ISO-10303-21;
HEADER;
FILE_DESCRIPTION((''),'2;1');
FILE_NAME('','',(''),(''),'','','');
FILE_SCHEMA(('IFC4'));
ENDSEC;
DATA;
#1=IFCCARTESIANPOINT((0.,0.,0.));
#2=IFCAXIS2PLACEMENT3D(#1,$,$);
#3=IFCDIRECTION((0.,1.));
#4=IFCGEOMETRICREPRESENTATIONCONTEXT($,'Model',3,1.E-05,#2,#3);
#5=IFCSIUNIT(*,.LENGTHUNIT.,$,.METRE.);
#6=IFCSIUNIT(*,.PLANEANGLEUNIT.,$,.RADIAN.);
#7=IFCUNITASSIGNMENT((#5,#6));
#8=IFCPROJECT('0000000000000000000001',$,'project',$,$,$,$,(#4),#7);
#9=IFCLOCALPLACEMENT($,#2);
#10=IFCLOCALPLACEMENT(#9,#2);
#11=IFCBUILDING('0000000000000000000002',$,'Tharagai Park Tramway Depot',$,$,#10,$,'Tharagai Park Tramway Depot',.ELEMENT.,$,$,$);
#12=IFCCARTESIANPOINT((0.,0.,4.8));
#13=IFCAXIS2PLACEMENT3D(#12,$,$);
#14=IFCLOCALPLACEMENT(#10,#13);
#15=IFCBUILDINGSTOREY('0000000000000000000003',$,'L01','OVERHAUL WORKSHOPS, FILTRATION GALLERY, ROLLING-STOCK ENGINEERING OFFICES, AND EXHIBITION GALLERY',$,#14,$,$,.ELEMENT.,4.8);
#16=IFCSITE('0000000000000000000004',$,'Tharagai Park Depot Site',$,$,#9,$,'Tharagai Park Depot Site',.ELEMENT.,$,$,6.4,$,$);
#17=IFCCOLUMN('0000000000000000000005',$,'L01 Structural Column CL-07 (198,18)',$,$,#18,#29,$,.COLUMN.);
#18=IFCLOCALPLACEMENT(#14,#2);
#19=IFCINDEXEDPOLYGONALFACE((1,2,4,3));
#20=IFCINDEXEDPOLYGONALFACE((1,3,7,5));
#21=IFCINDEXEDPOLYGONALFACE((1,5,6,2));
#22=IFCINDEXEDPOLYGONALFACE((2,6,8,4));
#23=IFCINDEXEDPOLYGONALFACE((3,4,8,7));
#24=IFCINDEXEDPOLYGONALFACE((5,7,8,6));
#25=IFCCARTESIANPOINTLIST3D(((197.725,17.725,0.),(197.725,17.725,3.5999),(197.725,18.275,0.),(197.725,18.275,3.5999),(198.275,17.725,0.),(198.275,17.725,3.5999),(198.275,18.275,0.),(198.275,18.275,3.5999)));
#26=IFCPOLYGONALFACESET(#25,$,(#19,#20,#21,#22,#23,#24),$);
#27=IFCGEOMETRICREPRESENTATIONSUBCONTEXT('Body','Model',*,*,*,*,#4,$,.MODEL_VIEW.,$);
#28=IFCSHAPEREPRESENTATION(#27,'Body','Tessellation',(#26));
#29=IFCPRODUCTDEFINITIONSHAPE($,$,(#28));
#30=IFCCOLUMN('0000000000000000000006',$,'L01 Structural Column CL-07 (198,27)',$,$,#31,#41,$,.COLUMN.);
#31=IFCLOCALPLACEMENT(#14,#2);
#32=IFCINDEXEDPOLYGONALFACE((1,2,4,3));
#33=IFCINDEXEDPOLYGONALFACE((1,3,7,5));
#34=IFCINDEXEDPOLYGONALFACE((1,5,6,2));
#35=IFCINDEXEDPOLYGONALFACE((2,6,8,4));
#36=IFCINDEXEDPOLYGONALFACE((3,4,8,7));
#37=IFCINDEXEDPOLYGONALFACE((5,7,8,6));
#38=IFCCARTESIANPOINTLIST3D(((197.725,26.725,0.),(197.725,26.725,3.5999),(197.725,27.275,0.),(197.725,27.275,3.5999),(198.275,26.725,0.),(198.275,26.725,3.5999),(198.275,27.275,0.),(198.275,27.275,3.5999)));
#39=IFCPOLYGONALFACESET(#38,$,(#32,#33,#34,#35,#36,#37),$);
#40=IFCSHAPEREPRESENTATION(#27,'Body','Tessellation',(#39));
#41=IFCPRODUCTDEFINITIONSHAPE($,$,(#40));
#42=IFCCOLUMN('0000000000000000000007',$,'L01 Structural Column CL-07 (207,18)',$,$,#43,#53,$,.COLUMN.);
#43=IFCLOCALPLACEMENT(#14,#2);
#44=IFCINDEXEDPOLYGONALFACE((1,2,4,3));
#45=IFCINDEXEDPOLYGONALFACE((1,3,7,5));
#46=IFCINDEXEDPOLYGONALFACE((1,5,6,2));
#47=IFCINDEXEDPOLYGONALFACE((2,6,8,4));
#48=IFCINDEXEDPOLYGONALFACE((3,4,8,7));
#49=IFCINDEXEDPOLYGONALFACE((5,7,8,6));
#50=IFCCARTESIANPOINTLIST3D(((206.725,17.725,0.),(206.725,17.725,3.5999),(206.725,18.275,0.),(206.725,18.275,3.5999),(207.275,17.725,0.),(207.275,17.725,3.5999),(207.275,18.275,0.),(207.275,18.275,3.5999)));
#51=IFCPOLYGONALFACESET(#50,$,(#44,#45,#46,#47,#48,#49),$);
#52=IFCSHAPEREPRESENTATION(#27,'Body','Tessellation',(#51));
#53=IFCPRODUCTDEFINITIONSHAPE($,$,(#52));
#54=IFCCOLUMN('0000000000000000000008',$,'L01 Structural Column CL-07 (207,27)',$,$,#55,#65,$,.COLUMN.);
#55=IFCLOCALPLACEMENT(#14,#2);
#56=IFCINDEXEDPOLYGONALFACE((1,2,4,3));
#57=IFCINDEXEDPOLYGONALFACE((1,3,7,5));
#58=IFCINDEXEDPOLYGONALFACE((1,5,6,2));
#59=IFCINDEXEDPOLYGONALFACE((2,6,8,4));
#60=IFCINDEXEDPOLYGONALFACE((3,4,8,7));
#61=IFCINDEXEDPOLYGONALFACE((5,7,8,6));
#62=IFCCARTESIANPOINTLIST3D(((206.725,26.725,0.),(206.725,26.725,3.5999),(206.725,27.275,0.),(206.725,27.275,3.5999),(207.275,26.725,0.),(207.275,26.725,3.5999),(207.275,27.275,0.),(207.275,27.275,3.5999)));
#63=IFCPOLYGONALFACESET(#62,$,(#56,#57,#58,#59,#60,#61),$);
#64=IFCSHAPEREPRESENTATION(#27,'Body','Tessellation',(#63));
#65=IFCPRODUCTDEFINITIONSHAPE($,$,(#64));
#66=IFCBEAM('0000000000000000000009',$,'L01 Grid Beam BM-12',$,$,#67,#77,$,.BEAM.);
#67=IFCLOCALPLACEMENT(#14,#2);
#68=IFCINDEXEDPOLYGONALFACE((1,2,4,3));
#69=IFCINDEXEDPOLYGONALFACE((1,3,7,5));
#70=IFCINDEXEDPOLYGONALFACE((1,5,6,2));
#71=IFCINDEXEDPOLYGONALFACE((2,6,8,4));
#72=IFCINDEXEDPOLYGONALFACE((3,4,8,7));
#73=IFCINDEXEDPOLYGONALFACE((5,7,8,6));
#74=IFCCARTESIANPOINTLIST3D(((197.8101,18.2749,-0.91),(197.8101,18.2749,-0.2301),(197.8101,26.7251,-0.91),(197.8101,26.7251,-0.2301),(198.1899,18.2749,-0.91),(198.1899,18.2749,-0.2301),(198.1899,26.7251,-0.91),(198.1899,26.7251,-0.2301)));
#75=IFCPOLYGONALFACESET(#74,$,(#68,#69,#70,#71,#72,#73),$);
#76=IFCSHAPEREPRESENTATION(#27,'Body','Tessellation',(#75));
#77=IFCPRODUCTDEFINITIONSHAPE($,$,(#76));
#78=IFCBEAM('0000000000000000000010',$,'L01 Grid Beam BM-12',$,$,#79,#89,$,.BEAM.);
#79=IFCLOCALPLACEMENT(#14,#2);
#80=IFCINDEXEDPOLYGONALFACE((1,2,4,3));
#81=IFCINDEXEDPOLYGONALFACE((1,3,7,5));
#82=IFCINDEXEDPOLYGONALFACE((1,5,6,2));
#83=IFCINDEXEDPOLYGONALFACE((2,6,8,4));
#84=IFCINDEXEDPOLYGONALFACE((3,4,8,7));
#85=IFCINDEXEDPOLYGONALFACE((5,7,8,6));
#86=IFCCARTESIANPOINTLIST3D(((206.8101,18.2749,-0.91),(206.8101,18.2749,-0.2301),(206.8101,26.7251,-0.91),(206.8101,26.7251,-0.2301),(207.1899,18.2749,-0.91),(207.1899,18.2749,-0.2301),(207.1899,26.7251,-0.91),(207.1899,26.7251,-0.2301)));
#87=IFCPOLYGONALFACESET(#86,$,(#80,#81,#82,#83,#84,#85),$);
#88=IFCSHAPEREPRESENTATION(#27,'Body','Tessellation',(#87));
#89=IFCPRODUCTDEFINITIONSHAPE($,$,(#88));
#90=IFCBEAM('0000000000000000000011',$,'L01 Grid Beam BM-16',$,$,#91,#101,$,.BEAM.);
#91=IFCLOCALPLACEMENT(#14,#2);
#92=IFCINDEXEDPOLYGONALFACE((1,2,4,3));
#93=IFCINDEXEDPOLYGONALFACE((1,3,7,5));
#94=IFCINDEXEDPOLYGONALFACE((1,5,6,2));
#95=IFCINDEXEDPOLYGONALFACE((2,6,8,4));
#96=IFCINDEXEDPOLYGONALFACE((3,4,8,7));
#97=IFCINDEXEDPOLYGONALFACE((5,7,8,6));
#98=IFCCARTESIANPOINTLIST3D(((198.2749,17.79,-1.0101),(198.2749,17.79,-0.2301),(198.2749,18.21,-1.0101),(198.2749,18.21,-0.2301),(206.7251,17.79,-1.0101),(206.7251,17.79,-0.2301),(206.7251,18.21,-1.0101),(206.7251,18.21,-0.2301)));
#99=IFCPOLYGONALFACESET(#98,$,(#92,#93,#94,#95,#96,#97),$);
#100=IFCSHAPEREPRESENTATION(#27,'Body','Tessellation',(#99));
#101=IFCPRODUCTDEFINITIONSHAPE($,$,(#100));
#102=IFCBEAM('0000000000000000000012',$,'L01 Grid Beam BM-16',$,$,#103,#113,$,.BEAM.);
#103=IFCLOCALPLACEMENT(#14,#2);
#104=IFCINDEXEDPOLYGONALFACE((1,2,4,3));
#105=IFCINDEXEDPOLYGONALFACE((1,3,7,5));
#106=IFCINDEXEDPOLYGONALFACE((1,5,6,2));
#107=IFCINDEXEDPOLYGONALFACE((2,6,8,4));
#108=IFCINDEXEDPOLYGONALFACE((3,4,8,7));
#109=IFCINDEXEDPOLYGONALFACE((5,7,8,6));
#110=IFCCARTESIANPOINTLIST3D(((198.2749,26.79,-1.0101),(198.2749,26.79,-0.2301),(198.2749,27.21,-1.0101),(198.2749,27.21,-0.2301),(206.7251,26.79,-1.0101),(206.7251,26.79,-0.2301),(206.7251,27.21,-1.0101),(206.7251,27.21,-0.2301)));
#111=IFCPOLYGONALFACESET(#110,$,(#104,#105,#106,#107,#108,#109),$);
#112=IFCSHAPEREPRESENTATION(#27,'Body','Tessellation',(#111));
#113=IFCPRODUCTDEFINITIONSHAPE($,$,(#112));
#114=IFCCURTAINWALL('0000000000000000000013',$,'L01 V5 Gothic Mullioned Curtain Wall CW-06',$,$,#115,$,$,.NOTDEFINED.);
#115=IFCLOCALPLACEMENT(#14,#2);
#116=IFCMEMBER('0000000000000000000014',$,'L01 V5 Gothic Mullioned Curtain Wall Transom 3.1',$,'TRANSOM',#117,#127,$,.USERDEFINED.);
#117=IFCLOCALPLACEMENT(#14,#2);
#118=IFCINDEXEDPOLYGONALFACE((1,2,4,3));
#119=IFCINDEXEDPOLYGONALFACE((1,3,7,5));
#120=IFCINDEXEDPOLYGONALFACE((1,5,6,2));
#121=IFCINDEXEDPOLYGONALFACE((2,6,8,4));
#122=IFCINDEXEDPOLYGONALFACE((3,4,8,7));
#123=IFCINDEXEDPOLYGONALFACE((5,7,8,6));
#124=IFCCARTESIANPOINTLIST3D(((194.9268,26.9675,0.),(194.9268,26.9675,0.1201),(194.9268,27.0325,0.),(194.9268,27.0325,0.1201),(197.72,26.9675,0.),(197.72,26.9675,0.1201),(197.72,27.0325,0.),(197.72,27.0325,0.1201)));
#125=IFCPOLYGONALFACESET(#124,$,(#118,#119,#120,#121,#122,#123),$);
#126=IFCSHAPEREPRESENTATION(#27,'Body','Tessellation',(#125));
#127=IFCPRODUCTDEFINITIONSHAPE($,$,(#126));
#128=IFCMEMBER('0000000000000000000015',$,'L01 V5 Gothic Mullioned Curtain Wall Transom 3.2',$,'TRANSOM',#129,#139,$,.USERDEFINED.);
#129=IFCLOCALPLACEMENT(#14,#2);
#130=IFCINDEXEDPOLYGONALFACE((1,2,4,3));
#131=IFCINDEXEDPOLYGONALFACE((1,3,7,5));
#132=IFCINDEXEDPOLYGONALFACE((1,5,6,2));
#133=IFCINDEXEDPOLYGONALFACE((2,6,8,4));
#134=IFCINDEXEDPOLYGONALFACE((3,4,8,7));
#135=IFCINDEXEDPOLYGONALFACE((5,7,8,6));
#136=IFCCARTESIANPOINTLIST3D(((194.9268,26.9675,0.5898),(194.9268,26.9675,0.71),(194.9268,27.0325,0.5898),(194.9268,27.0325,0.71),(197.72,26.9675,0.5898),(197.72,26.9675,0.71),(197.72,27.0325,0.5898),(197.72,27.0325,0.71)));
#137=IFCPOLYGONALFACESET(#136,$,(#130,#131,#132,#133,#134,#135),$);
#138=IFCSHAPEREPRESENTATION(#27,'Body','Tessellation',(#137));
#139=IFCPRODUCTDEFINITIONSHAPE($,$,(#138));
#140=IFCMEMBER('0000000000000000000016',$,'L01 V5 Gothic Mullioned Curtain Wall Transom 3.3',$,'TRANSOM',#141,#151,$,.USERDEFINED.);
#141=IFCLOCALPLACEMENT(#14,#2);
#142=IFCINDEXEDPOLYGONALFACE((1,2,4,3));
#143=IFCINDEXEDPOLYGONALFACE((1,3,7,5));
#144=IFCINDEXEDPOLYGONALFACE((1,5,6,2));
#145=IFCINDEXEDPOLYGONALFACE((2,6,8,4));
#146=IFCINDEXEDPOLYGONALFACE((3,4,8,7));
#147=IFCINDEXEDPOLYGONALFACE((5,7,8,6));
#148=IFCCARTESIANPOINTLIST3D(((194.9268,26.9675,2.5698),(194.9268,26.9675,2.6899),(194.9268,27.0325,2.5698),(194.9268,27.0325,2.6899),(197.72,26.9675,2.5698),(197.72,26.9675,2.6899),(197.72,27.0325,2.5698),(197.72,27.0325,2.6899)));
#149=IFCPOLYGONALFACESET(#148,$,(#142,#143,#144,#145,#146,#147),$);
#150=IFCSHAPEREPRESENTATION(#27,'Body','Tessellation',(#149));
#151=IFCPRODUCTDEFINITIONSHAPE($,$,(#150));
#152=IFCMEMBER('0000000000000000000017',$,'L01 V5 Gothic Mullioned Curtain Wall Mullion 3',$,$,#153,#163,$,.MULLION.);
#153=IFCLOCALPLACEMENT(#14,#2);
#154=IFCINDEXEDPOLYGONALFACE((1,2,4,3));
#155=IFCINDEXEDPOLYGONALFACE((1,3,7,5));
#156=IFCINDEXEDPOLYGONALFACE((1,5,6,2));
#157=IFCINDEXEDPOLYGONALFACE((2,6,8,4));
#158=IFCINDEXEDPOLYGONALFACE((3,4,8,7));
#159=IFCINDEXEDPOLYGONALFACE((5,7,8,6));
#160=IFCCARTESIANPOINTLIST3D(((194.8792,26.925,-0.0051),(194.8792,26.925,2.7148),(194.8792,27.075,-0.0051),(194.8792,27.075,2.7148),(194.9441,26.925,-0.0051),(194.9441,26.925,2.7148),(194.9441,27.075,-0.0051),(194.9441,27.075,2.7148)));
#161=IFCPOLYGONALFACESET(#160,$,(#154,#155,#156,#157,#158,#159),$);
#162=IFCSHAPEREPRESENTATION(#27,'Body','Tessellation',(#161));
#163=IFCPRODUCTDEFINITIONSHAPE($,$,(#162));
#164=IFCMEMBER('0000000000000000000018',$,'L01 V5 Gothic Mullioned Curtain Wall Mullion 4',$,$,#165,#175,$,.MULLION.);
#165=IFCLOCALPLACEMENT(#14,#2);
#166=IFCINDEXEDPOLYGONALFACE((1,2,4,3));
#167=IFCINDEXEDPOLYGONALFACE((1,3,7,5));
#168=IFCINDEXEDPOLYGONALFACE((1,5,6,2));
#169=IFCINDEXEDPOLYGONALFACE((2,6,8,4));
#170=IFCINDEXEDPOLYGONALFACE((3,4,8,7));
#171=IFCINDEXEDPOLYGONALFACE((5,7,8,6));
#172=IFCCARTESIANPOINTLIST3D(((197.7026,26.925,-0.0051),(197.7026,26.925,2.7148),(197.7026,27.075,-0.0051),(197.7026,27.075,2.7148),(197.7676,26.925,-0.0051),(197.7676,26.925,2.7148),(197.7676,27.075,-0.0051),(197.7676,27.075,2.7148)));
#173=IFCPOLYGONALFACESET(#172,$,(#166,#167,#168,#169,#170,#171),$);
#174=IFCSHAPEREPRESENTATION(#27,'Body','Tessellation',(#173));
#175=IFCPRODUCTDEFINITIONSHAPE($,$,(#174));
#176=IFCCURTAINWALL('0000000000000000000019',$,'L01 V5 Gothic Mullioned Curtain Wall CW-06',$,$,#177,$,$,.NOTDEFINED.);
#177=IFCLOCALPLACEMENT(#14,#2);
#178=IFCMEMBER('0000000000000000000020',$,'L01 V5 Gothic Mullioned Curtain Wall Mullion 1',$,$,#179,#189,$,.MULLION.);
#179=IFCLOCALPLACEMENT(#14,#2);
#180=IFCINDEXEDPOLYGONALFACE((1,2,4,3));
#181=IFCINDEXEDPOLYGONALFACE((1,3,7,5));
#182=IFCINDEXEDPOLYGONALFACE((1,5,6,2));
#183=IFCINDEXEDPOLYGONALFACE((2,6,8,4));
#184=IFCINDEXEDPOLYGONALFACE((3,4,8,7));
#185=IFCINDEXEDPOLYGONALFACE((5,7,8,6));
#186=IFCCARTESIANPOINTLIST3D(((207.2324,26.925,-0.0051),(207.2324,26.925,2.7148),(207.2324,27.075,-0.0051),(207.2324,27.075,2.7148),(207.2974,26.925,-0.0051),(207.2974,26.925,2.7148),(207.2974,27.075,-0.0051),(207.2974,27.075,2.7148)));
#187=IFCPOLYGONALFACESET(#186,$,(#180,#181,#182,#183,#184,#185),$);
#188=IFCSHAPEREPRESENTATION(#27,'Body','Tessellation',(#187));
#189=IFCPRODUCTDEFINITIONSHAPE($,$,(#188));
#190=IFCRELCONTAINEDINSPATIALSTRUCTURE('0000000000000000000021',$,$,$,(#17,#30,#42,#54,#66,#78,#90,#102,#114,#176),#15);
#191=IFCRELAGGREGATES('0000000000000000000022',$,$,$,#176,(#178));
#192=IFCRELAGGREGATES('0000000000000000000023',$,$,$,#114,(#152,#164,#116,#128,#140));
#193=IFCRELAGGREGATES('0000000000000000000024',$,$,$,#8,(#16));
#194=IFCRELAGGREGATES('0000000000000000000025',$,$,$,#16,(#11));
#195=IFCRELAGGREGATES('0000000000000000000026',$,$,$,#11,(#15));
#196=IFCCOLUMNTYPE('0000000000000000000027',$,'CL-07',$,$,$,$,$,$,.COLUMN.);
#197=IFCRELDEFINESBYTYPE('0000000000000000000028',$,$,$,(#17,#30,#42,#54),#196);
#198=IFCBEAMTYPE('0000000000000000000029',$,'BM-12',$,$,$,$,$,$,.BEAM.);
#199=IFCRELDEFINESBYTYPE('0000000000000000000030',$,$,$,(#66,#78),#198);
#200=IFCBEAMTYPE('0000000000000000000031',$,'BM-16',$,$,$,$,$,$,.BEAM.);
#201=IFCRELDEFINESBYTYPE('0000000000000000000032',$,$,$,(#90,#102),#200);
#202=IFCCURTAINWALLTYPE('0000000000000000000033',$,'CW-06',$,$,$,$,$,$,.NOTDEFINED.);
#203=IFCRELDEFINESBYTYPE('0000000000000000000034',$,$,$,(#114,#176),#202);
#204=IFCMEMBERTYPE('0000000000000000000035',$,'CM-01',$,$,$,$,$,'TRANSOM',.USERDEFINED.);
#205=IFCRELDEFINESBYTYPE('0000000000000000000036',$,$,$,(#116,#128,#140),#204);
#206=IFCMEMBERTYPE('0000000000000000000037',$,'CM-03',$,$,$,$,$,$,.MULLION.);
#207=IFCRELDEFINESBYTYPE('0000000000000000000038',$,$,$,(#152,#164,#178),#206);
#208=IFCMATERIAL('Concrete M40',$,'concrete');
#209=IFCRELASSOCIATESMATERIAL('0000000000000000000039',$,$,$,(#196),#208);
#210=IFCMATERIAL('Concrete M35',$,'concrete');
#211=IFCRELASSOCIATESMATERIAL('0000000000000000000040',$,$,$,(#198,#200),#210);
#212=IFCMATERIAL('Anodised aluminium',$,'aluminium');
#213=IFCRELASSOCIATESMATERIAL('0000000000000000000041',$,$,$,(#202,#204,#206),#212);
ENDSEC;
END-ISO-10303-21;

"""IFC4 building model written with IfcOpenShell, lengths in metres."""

from ifc_helpers import new_model, si_unit, direction, frame, origin, origin_2d, place, context, subcontext, project, spatial, rectangle, extrude, material, material_profile, profile_set, type_object, element, aggregate, save


model = new_model("IFC4")

# Units and contexts
model_context = context("Model", 3, precision=1e-05, world=origin(), true_north=direction((0.0, 1.0)))
body_context = subcontext(model_context, "Body", "Model", "MODEL_VIEW")
ifc_project = project(units=[si_unit("LENGTHUNIT", "METRE"), si_unit("PLANEANGLEUNIT", "RADIAN")], contexts=[model_context])

# Site, building, storey
site_placement = place(None, origin())
site = spatial("IfcSite", under=ifc_project, at=site_placement, Name="Tharagai Park Depot Site", LongName="Tharagai Park Depot Site", CompositionType="ELEMENT", RefElevation=6.4)
building_placement = place(site_placement, origin())
building = spatial("IfcBuilding", under=site, at=building_placement, Name="Tharagai Park Tramway Depot", LongName="Tharagai Park Tramway Depot", CompositionType="ELEMENT")
storey_placement = place(building_placement, frame((0.0, 0.0, 4.8)))
storey = spatial("IfcBuildingStorey", under=building, at=storey_placement, Name="L01", Description="OVERHAUL WORKSHOPS, FILTRATION GALLERY, ROLLING-STOCK ENGINEERING OFFICES, AND EXHIBITION GALLERY", CompositionType="ELEMENT", Elevation=4.8)

# Columns
ifc_material_1 = material(Name="Concrete M40", Category="concrete")
ifc_material_profile_1 = material_profile(ifc_material_1, rectangle(XDim=0.55, YDim=0.55, at=origin_2d()), Name="RC 550x550")
ifc_profile_set_1 = profile_set([ifc_material_profile_1], Name="Concrete M40")
column_type = type_object("IfcColumnType", Name="CL-07", PredefinedType="COLUMN", material=ifc_profile_set_1)
for number, where, z_axis, x_axis, name in (
    (1, (198.0, 18.0, 0.0), (0.0, 0.0, 1.0), (1.0, 0.0, 0.0), "L01 Structural Column CL-07 (198,18)"),
    (2, (198.0, 27.0, 0.0), (0.0, 0.0, 1.0), (1.0, 0.0, 0.0), "L01 Structural Column CL-07 (198,27)"),
    (3, (207.0, 18.0, 0.0), (0.0, 0.0, 1.0), (1.0, 0.0, 0.0), "L01 Structural Column CL-07 (207,18)"),
    (4, (207.0, 27.0, 0.0), (0.0, 0.0, 1.0), (1.0, 0.0, 0.0), "L01 Structural Column CL-07 (207,27)"),
):
    element("IfcColumn", number, at=place(storey_placement, frame(where, z_axis=z_axis, x_axis=x_axis)), inside=storey, type_object=column_type, Name=name, PredefinedType="COLUMN", context=body_context, shape_type="SweptSolid", body=[
        extrude(rectangle(XDim=0.55, YDim=0.55, at=origin_2d()), origin(), (0.0, 0.0, 1.0), 3.5999),
    ])

# Beams
ifc_material_2 = material(Name="Concrete M35", Category="concrete")
ifc_material_profile_2 = material_profile(ifc_material_2, rectangle(XDim=0.3799, YDim=0.6799, at=origin_2d()), Name="RC 380x680")
ifc_profile_set_2 = profile_set([ifc_material_profile_2], Name="Concrete M35")
beam_type_1 = type_object("IfcBeamType", Name="BM-12", PredefinedType="BEAM", material=ifc_profile_set_2)
for number, where, z_axis, x_axis, name in (
    (5, (198.0, 18.2749, -0.5701), (0.0, 1.0, 0.0), (-1.0, 0.0, 0.0), "L01 Grid Beam BM-12"),
    (6, (207.0, 18.2749, -0.5701), (0.0, 1.0, 0.0), (-1.0, 0.0, 0.0), "L01 Grid Beam BM-12"),
):
    element("IfcBeam", number, at=place(storey_placement, frame(where, z_axis=z_axis, x_axis=x_axis)), inside=storey, type_object=beam_type_1, Name=name, PredefinedType="BEAM", context=body_context, shape_type="SweptSolid", body=[
        extrude(rectangle(XDim=0.3799, YDim=0.6799, at=origin_2d()), origin(), (0.0, 0.0, 1.0), 8.4502),
    ])
ifc_material_profile_3 = material_profile(ifc_material_2, rectangle(XDim=0.4199, YDim=0.78, at=origin_2d()), Name="RC 420x780")
ifc_profile_set_3 = profile_set([ifc_material_profile_3], Name="Concrete M35")
beam_type_2 = type_object("IfcBeamType", Name="BM-16", PredefinedType="BEAM", material=ifc_profile_set_3)
for number, where, z_axis, x_axis, name in (
    (7, (198.2749, 18.0, -0.6201), (1.0, 0.0, 0.0), (0.0, 1.0, 0.0), "L01 Grid Beam BM-16"),
    (8, (198.2749, 27.0, -0.6201), (1.0, 0.0, 0.0), (0.0, 1.0, 0.0), "L01 Grid Beam BM-16"),
):
    element("IfcBeam", number, at=place(storey_placement, frame(where, z_axis=z_axis, x_axis=x_axis)), inside=storey, type_object=beam_type_2, Name=name, PredefinedType="BEAM", context=body_context, shape_type="SweptSolid", body=[
        extrude(rectangle(XDim=0.4199, YDim=0.78, at=origin_2d()), origin(), (0.0, 0.0, 1.0), 8.4502),
    ])

# Curtain wall, members
ifc_material_3 = material(Name="Anodised aluminium", Category="aluminium")
curtain_wall_type = type_object("IfcCurtainWallType", Name="CW-06", PredefinedType="NOTDEFINED", material=ifc_material_3)
curtain_wall_1_placement = place(storey_placement, origin())
curtain_wall_1 = element("IfcCurtainWall", 9, at=curtain_wall_1_placement, inside=storey, type_object=curtain_wall_type, Name="L01 V5 Gothic Mullioned Curtain Wall CW-06", PredefinedType="NOTDEFINED")
ifc_material_profile_4 = material_profile(ifc_material_3, rectangle(XDim=0.0649, YDim=0.1201, at=origin_2d()), Name="ALU 65x120")
ifc_profile_set_4 = profile_set([ifc_material_profile_4], Name="Anodised aluminium")
member_type_1 = type_object("IfcMemberType", Name="CM-01", ElementType="TRANSOM", PredefinedType="USERDEFINED", material=ifc_profile_set_4)
member_1_placement = place(storey_placement, frame((194.9268, 27.0, 0.0601), z_axis=(1.0, 0.0, 0.0), x_axis=(0.0, 1.0, 0.0)))
member_1 = element("IfcMember", 10, at=member_1_placement, type_object=member_type_1, Name="L01 V5 Gothic Mullioned Curtain Wall Transom 3.1", ObjectType="TRANSOM", PredefinedType="USERDEFINED", context=body_context, shape_type="SweptSolid", body=[
    extrude(rectangle(XDim=0.0649, YDim=0.1201, at=origin_2d()), origin(), (0.0, 0.0, 1.0), 2.7932),
])
member_2_placement = place(storey_placement, frame((194.9268, 27.0, 0.6499), z_axis=(1.0, 0.0, 0.0), x_axis=(0.0, 1.0, 0.0)))
member_2 = element("IfcMember", 11, at=member_2_placement, type_object=member_type_1, Name="L01 V5 Gothic Mullioned Curtain Wall Transom 3.2", ObjectType="TRANSOM", PredefinedType="USERDEFINED", context=body_context, shape_type="SweptSolid", body=[
    extrude(rectangle(XDim=0.0649, YDim=0.1201, at=origin_2d()), origin(), (0.0, 0.0, 1.0), 2.7932),
])
member_3_placement = place(storey_placement, frame((194.9268, 27.0, 2.6299), z_axis=(1.0, 0.0, 0.0), x_axis=(0.0, 1.0, 0.0)))
member_3 = element("IfcMember", 12, at=member_3_placement, type_object=member_type_1, Name="L01 V5 Gothic Mullioned Curtain Wall Transom 3.3", ObjectType="TRANSOM", PredefinedType="USERDEFINED", context=body_context, shape_type="SweptSolid", body=[
    extrude(rectangle(XDim=0.0649, YDim=0.1201, at=origin_2d()), origin(), (0.0, 0.0, 1.0), 2.7932),
])
ifc_material_profile_5 = material_profile(ifc_material_3, rectangle(XDim=0.0649, YDim=0.1499, at=origin_2d()), Name="ALU 65x150")
ifc_profile_set_5 = profile_set([ifc_material_profile_5], Name="Anodised aluminium")
member_type_2 = type_object("IfcMemberType", Name="CM-03", PredefinedType="MULLION", material=ifc_profile_set_5)
member_4_placement = place(storey_placement, frame((194.9116, 27.0, -0.0051), z_axis=(0.0, 0.0, 1.0), x_axis=(1.0, 0.0, 0.0)))
member_4 = element("IfcMember", 13, at=member_4_placement, type_object=member_type_2, Name="L01 V5 Gothic Mullioned Curtain Wall Mullion 3", PredefinedType="MULLION", context=body_context, shape_type="SweptSolid", body=[
    extrude(rectangle(XDim=0.0649, YDim=0.1499, at=origin_2d()), origin(), (0.0, 0.0, 1.0), 2.72),
])
member_5_placement = place(storey_placement, frame((197.7351, 27.0, -0.0051), z_axis=(0.0, 0.0, 1.0), x_axis=(1.0, 0.0, 0.0)))
member_5 = element("IfcMember", 14, at=member_5_placement, type_object=member_type_2, Name="L01 V5 Gothic Mullioned Curtain Wall Mullion 4", PredefinedType="MULLION", context=body_context, shape_type="SweptSolid", body=[
    extrude(rectangle(XDim=0.0649, YDim=0.1499, at=origin_2d()), origin(), (0.0, 0.0, 1.0), 2.72),
])

# Curtain wall, member
curtain_wall_2_placement = place(storey_placement, origin())
curtain_wall_2 = element("IfcCurtainWall", 15, at=curtain_wall_2_placement, inside=storey, type_object=curtain_wall_type, Name="L01 V5 Gothic Mullioned Curtain Wall CW-06", PredefinedType="NOTDEFINED")
member_6_placement = place(storey_placement, frame((207.2649, 27.0, -0.0051), z_axis=(0.0, 0.0, 1.0), x_axis=(1.0, 0.0, 0.0)))
member_6 = element("IfcMember", 16, at=member_6_placement, type_object=member_type_2, Name="L01 V5 Gothic Mullioned Curtain Wall Mullion 1", PredefinedType="MULLION", context=body_context, shape_type="SweptSolid", body=[
    extrude(rectangle(XDim=0.0649, YDim=0.1499, at=origin_2d()), origin(), (0.0, 0.0, 1.0), 2.72),
])
aggregate(curtain_wall_2, [member_6])

aggregate(curtain_wall_1, [member_4, member_5, member_1, member_2, member_3])

save(model, "model.ifc")
